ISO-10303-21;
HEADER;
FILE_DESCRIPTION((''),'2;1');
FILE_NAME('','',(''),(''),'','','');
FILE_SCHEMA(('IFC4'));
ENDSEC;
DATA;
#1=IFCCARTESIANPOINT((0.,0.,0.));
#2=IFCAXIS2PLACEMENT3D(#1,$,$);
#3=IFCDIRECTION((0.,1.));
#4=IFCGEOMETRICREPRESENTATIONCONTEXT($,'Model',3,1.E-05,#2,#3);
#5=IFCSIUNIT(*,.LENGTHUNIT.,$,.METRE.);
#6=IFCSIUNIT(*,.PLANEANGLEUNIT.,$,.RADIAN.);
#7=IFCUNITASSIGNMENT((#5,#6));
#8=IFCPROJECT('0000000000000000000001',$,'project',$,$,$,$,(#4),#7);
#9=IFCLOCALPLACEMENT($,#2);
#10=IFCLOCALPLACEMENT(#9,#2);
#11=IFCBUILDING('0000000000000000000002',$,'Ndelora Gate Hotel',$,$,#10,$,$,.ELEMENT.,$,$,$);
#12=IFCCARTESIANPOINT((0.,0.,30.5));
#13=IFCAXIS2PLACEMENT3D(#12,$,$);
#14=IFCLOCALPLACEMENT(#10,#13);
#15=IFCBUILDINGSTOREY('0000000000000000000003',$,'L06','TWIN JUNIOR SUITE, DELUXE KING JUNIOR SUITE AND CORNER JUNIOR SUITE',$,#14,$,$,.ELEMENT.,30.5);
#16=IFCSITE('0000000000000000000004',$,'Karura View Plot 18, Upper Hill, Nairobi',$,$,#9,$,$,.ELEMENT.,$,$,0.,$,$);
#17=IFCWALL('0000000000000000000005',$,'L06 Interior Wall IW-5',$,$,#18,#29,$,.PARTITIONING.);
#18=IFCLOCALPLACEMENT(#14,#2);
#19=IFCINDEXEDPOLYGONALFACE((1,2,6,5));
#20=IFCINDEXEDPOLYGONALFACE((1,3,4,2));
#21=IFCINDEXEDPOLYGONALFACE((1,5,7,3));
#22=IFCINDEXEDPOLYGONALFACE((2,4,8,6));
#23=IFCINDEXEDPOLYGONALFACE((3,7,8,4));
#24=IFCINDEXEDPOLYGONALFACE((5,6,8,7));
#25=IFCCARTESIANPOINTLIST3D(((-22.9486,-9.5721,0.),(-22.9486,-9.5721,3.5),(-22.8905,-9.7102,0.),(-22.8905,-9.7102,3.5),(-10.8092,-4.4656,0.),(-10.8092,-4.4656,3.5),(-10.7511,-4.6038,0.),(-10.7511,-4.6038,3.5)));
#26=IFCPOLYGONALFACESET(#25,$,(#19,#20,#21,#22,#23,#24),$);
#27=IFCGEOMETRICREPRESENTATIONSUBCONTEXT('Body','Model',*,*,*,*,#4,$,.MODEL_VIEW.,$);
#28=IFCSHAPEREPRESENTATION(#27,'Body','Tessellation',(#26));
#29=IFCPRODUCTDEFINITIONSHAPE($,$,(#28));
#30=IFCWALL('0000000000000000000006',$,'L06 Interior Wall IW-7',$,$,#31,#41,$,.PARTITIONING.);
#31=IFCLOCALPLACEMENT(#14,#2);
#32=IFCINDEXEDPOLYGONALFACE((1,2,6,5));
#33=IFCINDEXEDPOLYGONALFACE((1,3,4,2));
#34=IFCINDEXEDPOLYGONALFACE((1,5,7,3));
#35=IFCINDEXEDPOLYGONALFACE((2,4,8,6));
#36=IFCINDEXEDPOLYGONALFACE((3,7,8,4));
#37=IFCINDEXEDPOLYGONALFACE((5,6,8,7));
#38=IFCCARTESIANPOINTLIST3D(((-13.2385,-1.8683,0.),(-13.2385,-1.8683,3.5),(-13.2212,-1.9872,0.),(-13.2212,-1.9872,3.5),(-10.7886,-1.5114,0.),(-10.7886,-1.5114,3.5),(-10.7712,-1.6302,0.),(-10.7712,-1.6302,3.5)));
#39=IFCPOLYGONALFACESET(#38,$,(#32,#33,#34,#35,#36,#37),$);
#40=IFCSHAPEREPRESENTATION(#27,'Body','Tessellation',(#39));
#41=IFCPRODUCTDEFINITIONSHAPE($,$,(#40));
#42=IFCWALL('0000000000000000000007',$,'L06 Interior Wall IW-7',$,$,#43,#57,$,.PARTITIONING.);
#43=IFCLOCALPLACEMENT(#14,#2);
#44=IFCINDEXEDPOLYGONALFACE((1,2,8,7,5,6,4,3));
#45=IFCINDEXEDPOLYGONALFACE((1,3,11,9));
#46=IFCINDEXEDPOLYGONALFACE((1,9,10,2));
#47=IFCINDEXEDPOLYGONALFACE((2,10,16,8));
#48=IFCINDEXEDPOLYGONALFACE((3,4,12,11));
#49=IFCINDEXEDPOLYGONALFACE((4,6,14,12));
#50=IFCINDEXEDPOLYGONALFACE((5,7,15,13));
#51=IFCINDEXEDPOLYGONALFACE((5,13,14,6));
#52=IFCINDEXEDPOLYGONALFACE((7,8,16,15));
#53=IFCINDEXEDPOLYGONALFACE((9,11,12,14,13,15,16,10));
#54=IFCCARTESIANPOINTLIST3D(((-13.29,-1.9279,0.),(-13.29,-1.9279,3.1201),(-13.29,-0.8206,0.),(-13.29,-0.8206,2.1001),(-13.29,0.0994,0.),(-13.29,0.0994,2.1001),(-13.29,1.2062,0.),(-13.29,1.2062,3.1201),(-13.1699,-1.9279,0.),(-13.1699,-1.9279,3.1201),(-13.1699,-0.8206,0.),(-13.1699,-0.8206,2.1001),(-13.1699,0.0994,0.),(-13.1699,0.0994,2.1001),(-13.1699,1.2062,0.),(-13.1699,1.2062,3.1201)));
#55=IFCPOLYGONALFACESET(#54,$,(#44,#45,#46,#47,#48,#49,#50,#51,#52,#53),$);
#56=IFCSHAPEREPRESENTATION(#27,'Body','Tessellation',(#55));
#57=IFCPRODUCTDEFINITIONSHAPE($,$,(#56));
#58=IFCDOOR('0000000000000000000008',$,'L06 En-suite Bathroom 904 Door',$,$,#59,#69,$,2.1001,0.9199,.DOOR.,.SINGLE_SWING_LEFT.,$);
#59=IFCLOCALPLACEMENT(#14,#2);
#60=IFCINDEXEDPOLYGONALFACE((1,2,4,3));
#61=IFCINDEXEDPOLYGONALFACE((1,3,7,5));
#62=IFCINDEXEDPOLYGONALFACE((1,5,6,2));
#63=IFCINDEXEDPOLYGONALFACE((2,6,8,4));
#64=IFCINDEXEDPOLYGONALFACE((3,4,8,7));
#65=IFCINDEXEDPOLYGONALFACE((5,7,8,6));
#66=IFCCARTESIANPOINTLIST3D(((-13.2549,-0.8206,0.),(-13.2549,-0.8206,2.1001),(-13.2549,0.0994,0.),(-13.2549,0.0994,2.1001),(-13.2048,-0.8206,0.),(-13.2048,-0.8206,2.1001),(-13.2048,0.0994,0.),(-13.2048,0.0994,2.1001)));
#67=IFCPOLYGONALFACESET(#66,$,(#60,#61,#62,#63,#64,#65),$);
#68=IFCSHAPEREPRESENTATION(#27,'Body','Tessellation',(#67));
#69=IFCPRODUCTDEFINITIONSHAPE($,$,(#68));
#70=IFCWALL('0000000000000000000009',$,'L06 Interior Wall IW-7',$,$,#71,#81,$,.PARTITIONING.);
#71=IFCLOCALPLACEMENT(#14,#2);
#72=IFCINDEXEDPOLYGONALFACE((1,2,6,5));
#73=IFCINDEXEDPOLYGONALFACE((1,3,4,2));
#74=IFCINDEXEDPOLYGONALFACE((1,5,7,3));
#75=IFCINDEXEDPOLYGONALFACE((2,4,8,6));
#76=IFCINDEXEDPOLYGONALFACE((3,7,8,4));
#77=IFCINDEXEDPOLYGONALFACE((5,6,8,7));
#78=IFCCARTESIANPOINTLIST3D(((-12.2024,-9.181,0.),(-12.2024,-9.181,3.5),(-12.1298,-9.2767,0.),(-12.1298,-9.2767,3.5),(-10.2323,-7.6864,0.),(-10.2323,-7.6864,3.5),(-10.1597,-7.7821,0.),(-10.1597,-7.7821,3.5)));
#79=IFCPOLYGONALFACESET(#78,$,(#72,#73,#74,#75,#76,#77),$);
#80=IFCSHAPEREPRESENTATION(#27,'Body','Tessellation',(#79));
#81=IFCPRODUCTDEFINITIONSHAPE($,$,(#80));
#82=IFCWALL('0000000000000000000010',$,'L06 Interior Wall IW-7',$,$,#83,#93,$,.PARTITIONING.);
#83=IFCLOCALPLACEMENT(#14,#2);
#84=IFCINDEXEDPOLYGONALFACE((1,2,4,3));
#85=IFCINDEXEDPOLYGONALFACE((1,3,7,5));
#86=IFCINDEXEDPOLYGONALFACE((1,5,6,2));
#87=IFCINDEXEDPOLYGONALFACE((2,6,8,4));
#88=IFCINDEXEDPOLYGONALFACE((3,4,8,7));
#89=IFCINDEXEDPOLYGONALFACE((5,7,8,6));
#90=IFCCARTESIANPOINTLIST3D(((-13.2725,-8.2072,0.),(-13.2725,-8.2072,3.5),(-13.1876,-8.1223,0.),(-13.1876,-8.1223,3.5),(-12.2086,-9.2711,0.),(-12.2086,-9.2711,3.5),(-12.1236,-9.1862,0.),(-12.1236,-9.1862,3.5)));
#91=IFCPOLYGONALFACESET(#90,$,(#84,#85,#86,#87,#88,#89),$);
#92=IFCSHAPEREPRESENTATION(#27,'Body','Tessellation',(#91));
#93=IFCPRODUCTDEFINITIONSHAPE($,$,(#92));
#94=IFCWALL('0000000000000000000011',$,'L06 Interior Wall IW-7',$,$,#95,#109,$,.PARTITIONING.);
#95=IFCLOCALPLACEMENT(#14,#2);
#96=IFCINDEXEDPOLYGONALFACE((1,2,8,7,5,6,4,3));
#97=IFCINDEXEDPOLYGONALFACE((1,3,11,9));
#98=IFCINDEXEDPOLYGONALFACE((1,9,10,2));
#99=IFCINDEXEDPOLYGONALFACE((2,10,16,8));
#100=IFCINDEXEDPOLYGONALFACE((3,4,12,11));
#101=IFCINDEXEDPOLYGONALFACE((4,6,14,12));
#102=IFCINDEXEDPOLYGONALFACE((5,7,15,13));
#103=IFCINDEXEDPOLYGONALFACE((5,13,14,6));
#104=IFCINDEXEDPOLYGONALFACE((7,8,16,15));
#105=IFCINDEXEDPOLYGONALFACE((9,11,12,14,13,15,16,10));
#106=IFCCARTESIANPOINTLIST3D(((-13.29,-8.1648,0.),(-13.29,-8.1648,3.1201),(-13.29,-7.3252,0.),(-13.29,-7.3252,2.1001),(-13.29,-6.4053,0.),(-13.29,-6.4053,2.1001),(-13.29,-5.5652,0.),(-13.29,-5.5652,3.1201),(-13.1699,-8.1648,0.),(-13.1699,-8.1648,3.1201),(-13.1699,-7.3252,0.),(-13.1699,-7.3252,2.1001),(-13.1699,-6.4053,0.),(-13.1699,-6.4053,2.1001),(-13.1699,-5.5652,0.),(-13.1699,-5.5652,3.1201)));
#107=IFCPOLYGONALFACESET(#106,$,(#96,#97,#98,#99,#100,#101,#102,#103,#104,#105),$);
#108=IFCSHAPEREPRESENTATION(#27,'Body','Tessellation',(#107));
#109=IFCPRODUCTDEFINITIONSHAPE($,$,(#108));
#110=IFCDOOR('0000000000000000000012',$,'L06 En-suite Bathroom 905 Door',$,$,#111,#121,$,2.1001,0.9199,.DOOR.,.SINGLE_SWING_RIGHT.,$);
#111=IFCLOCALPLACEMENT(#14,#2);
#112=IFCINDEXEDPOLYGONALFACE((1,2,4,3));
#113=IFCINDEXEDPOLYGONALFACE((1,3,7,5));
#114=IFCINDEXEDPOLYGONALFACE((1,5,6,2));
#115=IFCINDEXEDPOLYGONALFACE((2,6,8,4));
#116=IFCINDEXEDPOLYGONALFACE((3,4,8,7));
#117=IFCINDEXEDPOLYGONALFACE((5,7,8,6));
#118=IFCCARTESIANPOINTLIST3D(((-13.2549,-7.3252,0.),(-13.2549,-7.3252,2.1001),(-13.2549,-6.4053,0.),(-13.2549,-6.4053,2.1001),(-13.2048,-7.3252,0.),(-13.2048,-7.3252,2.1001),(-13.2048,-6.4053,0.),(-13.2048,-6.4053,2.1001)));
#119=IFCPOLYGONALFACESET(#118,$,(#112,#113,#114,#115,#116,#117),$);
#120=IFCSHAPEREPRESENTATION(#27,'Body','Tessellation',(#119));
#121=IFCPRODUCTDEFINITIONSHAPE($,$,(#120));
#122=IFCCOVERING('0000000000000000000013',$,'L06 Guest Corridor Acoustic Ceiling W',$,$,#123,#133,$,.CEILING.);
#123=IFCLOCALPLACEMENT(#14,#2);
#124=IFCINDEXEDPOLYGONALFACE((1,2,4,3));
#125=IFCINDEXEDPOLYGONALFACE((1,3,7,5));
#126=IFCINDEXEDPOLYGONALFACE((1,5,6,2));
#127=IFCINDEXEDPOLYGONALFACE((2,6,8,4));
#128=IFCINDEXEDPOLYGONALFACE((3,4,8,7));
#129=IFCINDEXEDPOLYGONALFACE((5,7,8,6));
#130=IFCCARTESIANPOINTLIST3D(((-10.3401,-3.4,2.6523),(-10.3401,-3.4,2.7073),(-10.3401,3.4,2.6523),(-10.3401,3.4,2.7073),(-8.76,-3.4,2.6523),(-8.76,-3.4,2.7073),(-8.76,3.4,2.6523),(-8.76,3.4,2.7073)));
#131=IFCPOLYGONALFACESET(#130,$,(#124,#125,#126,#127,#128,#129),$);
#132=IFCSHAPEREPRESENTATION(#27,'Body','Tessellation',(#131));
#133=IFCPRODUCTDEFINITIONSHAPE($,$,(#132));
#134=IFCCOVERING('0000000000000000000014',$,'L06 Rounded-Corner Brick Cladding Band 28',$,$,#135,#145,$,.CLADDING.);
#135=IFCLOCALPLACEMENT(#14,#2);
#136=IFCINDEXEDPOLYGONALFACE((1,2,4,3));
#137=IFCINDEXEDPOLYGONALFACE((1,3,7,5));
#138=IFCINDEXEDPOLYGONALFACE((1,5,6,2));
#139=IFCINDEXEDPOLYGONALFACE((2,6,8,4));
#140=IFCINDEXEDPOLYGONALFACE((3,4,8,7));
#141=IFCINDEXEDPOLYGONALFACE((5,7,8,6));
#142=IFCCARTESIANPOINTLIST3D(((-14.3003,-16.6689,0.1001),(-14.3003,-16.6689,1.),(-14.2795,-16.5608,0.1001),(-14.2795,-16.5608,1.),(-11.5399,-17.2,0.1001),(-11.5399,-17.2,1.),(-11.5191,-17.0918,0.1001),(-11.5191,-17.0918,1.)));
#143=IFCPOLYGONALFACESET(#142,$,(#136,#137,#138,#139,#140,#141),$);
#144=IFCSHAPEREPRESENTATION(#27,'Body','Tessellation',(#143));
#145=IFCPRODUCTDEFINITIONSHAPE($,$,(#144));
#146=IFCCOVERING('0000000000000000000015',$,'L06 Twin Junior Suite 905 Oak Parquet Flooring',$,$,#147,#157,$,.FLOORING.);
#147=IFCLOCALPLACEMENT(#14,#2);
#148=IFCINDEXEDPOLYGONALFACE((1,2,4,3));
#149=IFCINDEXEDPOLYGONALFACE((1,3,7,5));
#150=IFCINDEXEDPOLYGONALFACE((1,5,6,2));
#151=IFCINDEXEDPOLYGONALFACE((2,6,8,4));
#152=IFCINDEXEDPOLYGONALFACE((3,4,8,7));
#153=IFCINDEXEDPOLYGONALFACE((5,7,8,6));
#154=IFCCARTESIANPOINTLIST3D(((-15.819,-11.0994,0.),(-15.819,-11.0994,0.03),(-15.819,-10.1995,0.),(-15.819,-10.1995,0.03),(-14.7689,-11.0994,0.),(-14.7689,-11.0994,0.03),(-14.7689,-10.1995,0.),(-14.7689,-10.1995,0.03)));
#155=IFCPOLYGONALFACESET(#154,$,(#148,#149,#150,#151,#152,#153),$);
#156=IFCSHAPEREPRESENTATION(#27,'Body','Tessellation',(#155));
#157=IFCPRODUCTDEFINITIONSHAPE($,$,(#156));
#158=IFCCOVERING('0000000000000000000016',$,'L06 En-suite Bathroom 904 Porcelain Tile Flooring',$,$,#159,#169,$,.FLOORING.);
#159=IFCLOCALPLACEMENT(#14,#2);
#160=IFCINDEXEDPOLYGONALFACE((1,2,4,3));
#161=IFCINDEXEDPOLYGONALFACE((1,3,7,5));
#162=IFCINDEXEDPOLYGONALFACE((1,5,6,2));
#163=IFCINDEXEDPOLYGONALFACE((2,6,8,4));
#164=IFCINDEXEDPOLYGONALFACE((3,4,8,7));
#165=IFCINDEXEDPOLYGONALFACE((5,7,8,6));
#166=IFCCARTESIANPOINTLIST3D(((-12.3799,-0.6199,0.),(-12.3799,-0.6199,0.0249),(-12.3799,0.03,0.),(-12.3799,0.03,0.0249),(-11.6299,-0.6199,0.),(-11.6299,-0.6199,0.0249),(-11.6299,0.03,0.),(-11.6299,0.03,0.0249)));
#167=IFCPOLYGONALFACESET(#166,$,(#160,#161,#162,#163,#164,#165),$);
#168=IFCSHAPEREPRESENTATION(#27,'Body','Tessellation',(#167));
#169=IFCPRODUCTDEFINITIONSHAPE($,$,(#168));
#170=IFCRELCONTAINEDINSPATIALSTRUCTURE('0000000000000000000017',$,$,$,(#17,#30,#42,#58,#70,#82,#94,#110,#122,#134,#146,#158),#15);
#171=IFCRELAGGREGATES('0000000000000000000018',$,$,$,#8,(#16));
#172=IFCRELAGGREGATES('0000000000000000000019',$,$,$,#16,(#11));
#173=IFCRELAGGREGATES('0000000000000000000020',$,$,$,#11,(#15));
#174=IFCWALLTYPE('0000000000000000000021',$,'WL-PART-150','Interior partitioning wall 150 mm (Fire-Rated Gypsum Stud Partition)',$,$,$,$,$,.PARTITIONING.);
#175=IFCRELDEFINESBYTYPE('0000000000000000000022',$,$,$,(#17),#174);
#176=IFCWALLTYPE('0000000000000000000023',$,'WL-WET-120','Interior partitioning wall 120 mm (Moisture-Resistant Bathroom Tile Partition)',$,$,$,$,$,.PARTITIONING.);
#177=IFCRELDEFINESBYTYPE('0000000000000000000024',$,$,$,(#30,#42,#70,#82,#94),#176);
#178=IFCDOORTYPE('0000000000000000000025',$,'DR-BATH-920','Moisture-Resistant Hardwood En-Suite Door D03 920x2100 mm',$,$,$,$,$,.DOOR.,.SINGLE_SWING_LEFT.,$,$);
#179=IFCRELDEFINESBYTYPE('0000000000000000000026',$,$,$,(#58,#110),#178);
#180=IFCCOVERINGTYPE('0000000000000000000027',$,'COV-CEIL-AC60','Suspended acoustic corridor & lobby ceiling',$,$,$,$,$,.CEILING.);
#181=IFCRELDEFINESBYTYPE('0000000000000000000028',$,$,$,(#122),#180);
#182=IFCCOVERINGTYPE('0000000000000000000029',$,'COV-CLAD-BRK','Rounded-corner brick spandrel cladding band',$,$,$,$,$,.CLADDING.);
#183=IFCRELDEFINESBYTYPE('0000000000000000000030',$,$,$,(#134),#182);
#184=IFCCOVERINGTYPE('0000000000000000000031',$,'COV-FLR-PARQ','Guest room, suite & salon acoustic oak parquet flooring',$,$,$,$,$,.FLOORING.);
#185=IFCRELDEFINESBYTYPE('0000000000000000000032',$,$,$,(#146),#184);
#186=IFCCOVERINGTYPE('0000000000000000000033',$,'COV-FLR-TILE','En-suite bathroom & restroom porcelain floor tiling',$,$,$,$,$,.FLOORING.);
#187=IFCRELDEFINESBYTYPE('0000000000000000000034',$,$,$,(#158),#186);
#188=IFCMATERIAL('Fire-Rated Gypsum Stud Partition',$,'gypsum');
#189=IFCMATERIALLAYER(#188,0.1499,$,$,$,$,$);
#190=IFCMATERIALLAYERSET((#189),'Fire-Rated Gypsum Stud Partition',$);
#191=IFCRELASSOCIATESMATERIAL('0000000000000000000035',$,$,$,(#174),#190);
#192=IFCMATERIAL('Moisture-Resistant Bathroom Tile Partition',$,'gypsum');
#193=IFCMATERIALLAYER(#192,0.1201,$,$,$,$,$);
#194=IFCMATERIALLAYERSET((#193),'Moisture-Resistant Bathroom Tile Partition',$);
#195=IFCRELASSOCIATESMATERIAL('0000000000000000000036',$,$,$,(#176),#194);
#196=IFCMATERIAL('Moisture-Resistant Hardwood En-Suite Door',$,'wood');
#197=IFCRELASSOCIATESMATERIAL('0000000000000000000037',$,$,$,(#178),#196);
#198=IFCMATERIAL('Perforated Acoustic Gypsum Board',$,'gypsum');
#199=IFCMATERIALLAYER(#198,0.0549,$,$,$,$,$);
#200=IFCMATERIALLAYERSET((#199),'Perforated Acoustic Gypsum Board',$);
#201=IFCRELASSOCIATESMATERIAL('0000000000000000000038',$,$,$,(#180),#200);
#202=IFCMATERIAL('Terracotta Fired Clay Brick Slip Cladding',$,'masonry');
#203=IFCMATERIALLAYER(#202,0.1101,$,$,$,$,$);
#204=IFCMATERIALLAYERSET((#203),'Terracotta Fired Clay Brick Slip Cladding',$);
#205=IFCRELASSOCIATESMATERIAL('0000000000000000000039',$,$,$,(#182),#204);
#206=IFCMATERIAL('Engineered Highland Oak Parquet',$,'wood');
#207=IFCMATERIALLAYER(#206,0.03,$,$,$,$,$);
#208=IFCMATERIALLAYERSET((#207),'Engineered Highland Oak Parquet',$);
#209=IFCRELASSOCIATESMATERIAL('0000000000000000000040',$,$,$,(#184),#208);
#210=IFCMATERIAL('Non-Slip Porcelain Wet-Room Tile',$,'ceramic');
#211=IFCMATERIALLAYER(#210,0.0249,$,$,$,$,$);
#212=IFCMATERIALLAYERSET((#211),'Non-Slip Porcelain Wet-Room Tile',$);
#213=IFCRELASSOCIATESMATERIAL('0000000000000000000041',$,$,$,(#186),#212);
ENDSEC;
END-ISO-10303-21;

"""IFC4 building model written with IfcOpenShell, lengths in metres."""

from ifc_helpers import new_model, si_unit, direction, frame, frame_2d, origin, origin_2d, place, context, subcontext, project, spatial, rectangle, extrude, material, layer, layer_set, type_object, element, fill, save


model = new_model("IFC4")

# Units and contexts
model_context = context("Model", 3, precision=1e-05, world=origin(), true_north=direction((0.0, 1.0)))
body_context = subcontext(model_context, "Body", "Model", "MODEL_VIEW")
ifc_project = project(units=[si_unit("LENGTHUNIT", "METRE"), si_unit("PLANEANGLEUNIT", "RADIAN")], contexts=[model_context])

# Site, building, storey
site_placement = place(None, origin())
site = spatial("IfcSite", under=ifc_project, at=site_placement, Name="Karura View Plot 18, Upper Hill, Nairobi", CompositionType="ELEMENT", RefElevation=0.0)
building_placement = place(site_placement, origin())
building = spatial("IfcBuilding", under=site, at=building_placement, Name="Ndelora Gate Hotel", CompositionType="ELEMENT")
storey_placement = place(building_placement, frame((0.0, 0.0, 30.5)))
storey = spatial("IfcBuildingStorey", under=building, at=storey_placement, Name="L06", Description="TWIN JUNIOR SUITE, DELUXE KING JUNIOR SUITE AND CORNER JUNIOR SUITE", CompositionType="ELEMENT", Elevation=30.5)

# Shared definitions
ifc_material_1 = material(Name="Fire-Rated Gypsum Stud Partition", Category="gypsum")
ifc_layer_1 = layer(ifc_material_1, 0.1499)
ifc_layer_set_1 = layer_set([ifc_layer_1], Name="Fire-Rated Gypsum Stud Partition")
wall_type_1 = type_object("IfcWallType", Name="WL-PART-150", Description="Interior partitioning wall 150 mm (Fire-Rated Gypsum Stud Partition)", PredefinedType="PARTITIONING", material=ifc_layer_set_1)

# Walls
wall_1_placement = place(storey_placement, frame((-10.78, -4.5347, 0.0), z_axis=(0.0, 0.0, 1.0), x_axis=(-0.921768, -0.387742, 0.0)))
element("IfcWall", 1, at=wall_1_placement, inside=storey, type_object=wall_type_1, Name="L06 Interior Wall IW-5", PredefinedType="PARTITIONING", context=body_context, shape_type="SweptSolid", body=[
    extrude(rectangle(XDim=13.1697, YDim=0.1499, at=frame_2d((6.585, 0.0))), origin(), (0.0, 0.0, 1.0), 3.5),
])
ifc_material_2 = material(Name="Moisture-Resistant Bathroom Tile Partition", Category="gypsum")
ifc_layer_2 = layer(ifc_material_2, 0.1201)
ifc_layer_set_2 = layer_set([ifc_layer_2], Name="Moisture-Resistant Bathroom Tile Partition")
wall_type_2 = type_object("IfcWallType", Name="WL-WET-120", Description="Interior partitioning wall 120 mm (Moisture-Resistant Bathroom Tile Partition)", PredefinedType="PARTITIONING", material=ifc_layer_set_2)
wall_2_placement = place(storey_placement, frame((-10.78, -1.5708, 0.0), z_axis=(0.0, 0.0, 1.0), x_axis=(-0.989553, -0.144168, 0.0)))
element("IfcWall", 2, at=wall_2_placement, inside=storey, type_object=wall_type_2, Name="L06 Interior Wall IW-7", PredefinedType="PARTITIONING", context=body_context, shape_type="SweptSolid", body=[
    extrude(rectangle(XDim=2.4758, YDim=0.1201, at=frame_2d((1.2378, 0.0))), origin(), (0.0, 0.0, 1.0), 3.5),
])

# Wall, opening, door
wall_3_placement = place(storey_placement, frame((-13.23, -1.9277, 0.0), z_axis=(0.0, 0.0, 1.0), x_axis=(0.0, 1.0, 0.0)))
wall_3 = element("IfcWall", 3, at=wall_3_placement, inside=storey, type_object=wall_type_2, Name="L06 Interior Wall IW-7", PredefinedType="PARTITIONING", context=body_context, shape_type="SweptSolid", body=[
    extrude(rectangle(XDim=3.134, YDim=0.1201, at=frame_2d((1.5669, 0.0))), origin(), (0.0, 0.0, 1.0), 3.1201),
])
opening_1_placement = place(wall_3_placement, frame((1.1072, 0.0, 0.0)))
opening_1 = element("IfcOpeningElement", 4, at=opening_1_placement, cuts=wall_3, PredefinedType="OPENING", context=body_context, shape_type="SweptSolid", body=[
    extrude(rectangle(XDim=0.9199, YDim=2.1001, at=frame_2d((0.46, 1.05))), frame((0.0, 0.0701, 0.0), z_axis=(0.0, -1.0, 0.0), x_axis=(1.0, 0.0, 0.0)), (0.0, 0.0, 1.0), 0.1401),
])
ifc_material_3 = material(Name="Moisture-Resistant Hardwood En-Suite Door", Category="wood")
door_type_1 = type_object("IfcDoorType", Name="DR-BATH-920", Description="Moisture-Resistant Hardwood En-Suite Door D03 920x2100 mm", OperationType="SINGLE_SWING_LEFT", PredefinedType="DOOR", material=ifc_material_3)
door_1_placement = place(opening_1_placement, origin())
door_1 = element("IfcDoor", 5, at=door_1_placement, inside=storey, type_object=door_type_1, Name="L06 En-suite Bathroom 904 Door", OperationType="SINGLE_SWING_LEFT", OverallHeight=2.1001, OverallWidth=0.9199, PredefinedType="DOOR", context=body_context, shape_type="SweptSolid", body=[
    extrude(rectangle(XDim=0.9199, YDim=2.1001, at=frame_2d((0.46, 1.05))), frame((0.0, 0.0249, 0.0), z_axis=(0.0, -1.0, 0.0), x_axis=(1.0, 0.0, 0.0)), (0.0, 0.0, 1.0), 0.05),
])
fill(opening_1, door_1)

# Walls
wall_4_placement = place(storey_placement, frame((-12.166, -9.2288, 0.0), z_axis=(0.0, 0.0, 1.0), x_axis=(0.796695, 0.604382, 0.0)))
element("IfcWall", 6, at=wall_4_placement, inside=storey, type_object=wall_type_2, Name="L06 Interior Wall IW-7", PredefinedType="PARTITIONING", context=body_context, shape_type="SweptSolid", body=[
    extrude(rectangle(XDim=2.4729, YDim=0.1201, at=frame_2d((1.2363, 0.0))), origin(), (0.0, 0.0, 1.0), 3.5),
])
wall_5_placement = place(storey_placement, frame((-12.166, -9.2288, 0.0), z_axis=(0.0, 0.0, 1.0), x_axis=(-0.707107, 0.707107, 0.0)))
element("IfcWall", 7, at=wall_5_placement, inside=storey, type_object=wall_type_2, Name="L06 Interior Wall IW-7", PredefinedType="PARTITIONING", context=body_context, shape_type="SweptSolid", body=[
    extrude(rectangle(XDim=1.5046, YDim=0.1201, at=frame_2d((0.7524, 0.0))), origin(), (0.0, 0.0, 1.0), 3.5),
])

# Wall, opening, door
wall_6_placement = place(storey_placement, frame((-13.23, -8.1648, 0.0), z_axis=(0.0, 0.0, 1.0), x_axis=(0.0, 1.0, 0.0)))
wall_6 = element("IfcWall", 8, at=wall_6_placement, inside=storey, type_object=wall_type_2, Name="L06 Interior Wall IW-7", PredefinedType="PARTITIONING", context=body_context, shape_type="SweptSolid", body=[
    extrude(rectangle(XDim=2.5996, YDim=0.1201, at=frame_2d((1.2998, 0.0))), origin(), (0.0, 0.0, 1.0), 3.1201),
])
opening_2_placement = place(wall_6_placement, frame((0.8396, 0.0, 0.0)))
opening_2 = element("IfcOpeningElement", 9, at=opening_2_placement, cuts=wall_6, PredefinedType="OPENING", context=body_context, shape_type="SweptSolid", body=[
    extrude(rectangle(XDim=0.9199, YDim=2.1001, at=frame_2d((0.46, 1.05))), frame((0.0, 0.0701, 0.0), z_axis=(0.0, -1.0, 0.0), x_axis=(1.0, 0.0, 0.0)), (0.0, 0.0, 1.0), 0.1401),
])
door_2_placement = place(opening_2_placement, origin())
door_2 = element("IfcDoor", 10, at=door_2_placement, inside=storey, type_object=door_type_1, Name="L06 En-suite Bathroom 905 Door", OperationType="SINGLE_SWING_RIGHT", OverallHeight=2.1001, OverallWidth=0.9199, PredefinedType="DOOR", context=body_context, shape_type="SweptSolid", body=[
    extrude(rectangle(XDim=0.9199, YDim=2.1001, at=frame_2d((0.46, 1.05))), frame((0.0, 0.0249, 0.0), z_axis=(0.0, -1.0, 0.0), x_axis=(1.0, 0.0, 0.0)), (0.0, 0.0, 1.0), 0.05),
])
fill(opening_2, door_2)

# Coverings
ifc_material_4 = material(Name="Perforated Acoustic Gypsum Board", Category="gypsum")
ifc_layer_3 = layer(ifc_material_4, 0.0549)
ifc_layer_set_3 = layer_set([ifc_layer_3], Name="Perforated Acoustic Gypsum Board")
covering_type_1 = type_object("IfcCoveringType", Name="COV-CEIL-AC60", Description="Suspended acoustic corridor & lobby ceiling", PredefinedType="CEILING", material=ifc_layer_set_3)
covering_1_placement = place(storey_placement, frame((-9.55, 0.0, 2.6523), z_axis=(0.0, 0.0, 1.0), x_axis=(1.0, 0.0, 0.0)))
element("IfcCovering", 11, at=covering_1_placement, inside=storey, type_object=covering_type_1, Name="L06 Guest Corridor Acoustic Ceiling W", PredefinedType="CEILING", context=body_context, shape_type="SweptSolid", body=[
    extrude(rectangle(XDim=1.5801, YDim=6.8, at=origin_2d()), origin(), (0.0, 0.0, 1.0), 0.0549),
])
ifc_material_5 = material(Name="Terracotta Fired Clay Brick Slip Cladding", Category="masonry")
ifc_layer_4 = layer(ifc_material_5, 0.1101)
ifc_layer_set_4 = layer_set([ifc_layer_4], Name="Terracotta Fired Clay Brick Slip Cladding")
covering_type_2 = type_object("IfcCoveringType", Name="COV-CLAD-BRK", Description="Rounded-corner brick spandrel cladding band", PredefinedType="CLADDING", material=ifc_layer_set_4)
covering_2_placement = place(storey_placement, frame((-12.9097, -16.8804, 0.1001), z_axis=(0.0, 0.0, 1.0), x_axis=(-0.981992, 0.188924, 0.0)))
element("IfcCovering", 12, at=covering_2_placement, inside=storey, type_object=covering_type_2, Name="L06 Rounded-Corner Brick Cladding Band 28", PredefinedType="CLADDING", context=body_context, shape_type="SweptSolid", body=[
    extrude(rectangle(XDim=2.811, YDim=0.1101, at=origin_2d()), origin(), (0.0, 0.0, 1.0), 0.8999),
])
ifc_material_6 = material(Name="Engineered Highland Oak Parquet", Category="wood")
ifc_layer_5 = layer(ifc_material_6, 0.03)
ifc_layer_set_5 = layer_set([ifc_layer_5], Name="Engineered Highland Oak Parquet")
covering_type_3 = type_object("IfcCoveringType", Name="COV-FLR-PARQ", Description="Guest room, suite & salon acoustic oak parquet flooring", PredefinedType="FLOORING", material=ifc_layer_set_5)
covering_3_placement = place(storey_placement, frame((-15.2939, -10.6494, 0.0), z_axis=(0.0, 0.0, 1.0), x_axis=(1.0, 0.0, 0.0)))
element("IfcCovering", 13, at=covering_3_placement, inside=storey, type_object=covering_type_3, Name="L06 Twin Junior Suite 905 Oak Parquet Flooring", PredefinedType="FLOORING", context=body_context, shape_type="SweptSolid", body=[
    extrude(rectangle(XDim=1.05, YDim=0.8999, at=origin_2d()), origin(), (0.0, 0.0, 1.0), 0.03),
])
ifc_material_7 = material(Name="Non-Slip Porcelain Wet-Room Tile", Category="ceramic")
ifc_layer_6 = layer(ifc_material_7, 0.0249)
ifc_layer_set_6 = layer_set([ifc_layer_6], Name="Non-Slip Porcelain Wet-Room Tile")
covering_type_4 = type_object("IfcCoveringType", Name="COV-FLR-TILE", Description="En-suite bathroom & restroom porcelain floor tiling", PredefinedType="FLOORING", material=ifc_layer_set_6)
for number, where, z_axis, x_axis, name in (
    (14, (-12.0049, -0.2949, 0.0), (0.0, 0.0, 1.0), (1.0, 0.0, 0.0), "L06 En-suite Bathroom 904 Porcelain Tile Flooring"),
):
    element("IfcCovering", number, at=place(storey_placement, frame(where, z_axis=z_axis, x_axis=x_axis)), inside=storey, type_object=covering_type_4, Name=name, PredefinedType="FLOORING", context=body_context, shape_type="SweptSolid", body=[
        extrude(rectangle(XDim=0.75, YDim=0.6499, at=origin_2d()), origin(), (0.0, 0.0, 1.0), 0.0249),
    ])

save(model, "model.ifc")
